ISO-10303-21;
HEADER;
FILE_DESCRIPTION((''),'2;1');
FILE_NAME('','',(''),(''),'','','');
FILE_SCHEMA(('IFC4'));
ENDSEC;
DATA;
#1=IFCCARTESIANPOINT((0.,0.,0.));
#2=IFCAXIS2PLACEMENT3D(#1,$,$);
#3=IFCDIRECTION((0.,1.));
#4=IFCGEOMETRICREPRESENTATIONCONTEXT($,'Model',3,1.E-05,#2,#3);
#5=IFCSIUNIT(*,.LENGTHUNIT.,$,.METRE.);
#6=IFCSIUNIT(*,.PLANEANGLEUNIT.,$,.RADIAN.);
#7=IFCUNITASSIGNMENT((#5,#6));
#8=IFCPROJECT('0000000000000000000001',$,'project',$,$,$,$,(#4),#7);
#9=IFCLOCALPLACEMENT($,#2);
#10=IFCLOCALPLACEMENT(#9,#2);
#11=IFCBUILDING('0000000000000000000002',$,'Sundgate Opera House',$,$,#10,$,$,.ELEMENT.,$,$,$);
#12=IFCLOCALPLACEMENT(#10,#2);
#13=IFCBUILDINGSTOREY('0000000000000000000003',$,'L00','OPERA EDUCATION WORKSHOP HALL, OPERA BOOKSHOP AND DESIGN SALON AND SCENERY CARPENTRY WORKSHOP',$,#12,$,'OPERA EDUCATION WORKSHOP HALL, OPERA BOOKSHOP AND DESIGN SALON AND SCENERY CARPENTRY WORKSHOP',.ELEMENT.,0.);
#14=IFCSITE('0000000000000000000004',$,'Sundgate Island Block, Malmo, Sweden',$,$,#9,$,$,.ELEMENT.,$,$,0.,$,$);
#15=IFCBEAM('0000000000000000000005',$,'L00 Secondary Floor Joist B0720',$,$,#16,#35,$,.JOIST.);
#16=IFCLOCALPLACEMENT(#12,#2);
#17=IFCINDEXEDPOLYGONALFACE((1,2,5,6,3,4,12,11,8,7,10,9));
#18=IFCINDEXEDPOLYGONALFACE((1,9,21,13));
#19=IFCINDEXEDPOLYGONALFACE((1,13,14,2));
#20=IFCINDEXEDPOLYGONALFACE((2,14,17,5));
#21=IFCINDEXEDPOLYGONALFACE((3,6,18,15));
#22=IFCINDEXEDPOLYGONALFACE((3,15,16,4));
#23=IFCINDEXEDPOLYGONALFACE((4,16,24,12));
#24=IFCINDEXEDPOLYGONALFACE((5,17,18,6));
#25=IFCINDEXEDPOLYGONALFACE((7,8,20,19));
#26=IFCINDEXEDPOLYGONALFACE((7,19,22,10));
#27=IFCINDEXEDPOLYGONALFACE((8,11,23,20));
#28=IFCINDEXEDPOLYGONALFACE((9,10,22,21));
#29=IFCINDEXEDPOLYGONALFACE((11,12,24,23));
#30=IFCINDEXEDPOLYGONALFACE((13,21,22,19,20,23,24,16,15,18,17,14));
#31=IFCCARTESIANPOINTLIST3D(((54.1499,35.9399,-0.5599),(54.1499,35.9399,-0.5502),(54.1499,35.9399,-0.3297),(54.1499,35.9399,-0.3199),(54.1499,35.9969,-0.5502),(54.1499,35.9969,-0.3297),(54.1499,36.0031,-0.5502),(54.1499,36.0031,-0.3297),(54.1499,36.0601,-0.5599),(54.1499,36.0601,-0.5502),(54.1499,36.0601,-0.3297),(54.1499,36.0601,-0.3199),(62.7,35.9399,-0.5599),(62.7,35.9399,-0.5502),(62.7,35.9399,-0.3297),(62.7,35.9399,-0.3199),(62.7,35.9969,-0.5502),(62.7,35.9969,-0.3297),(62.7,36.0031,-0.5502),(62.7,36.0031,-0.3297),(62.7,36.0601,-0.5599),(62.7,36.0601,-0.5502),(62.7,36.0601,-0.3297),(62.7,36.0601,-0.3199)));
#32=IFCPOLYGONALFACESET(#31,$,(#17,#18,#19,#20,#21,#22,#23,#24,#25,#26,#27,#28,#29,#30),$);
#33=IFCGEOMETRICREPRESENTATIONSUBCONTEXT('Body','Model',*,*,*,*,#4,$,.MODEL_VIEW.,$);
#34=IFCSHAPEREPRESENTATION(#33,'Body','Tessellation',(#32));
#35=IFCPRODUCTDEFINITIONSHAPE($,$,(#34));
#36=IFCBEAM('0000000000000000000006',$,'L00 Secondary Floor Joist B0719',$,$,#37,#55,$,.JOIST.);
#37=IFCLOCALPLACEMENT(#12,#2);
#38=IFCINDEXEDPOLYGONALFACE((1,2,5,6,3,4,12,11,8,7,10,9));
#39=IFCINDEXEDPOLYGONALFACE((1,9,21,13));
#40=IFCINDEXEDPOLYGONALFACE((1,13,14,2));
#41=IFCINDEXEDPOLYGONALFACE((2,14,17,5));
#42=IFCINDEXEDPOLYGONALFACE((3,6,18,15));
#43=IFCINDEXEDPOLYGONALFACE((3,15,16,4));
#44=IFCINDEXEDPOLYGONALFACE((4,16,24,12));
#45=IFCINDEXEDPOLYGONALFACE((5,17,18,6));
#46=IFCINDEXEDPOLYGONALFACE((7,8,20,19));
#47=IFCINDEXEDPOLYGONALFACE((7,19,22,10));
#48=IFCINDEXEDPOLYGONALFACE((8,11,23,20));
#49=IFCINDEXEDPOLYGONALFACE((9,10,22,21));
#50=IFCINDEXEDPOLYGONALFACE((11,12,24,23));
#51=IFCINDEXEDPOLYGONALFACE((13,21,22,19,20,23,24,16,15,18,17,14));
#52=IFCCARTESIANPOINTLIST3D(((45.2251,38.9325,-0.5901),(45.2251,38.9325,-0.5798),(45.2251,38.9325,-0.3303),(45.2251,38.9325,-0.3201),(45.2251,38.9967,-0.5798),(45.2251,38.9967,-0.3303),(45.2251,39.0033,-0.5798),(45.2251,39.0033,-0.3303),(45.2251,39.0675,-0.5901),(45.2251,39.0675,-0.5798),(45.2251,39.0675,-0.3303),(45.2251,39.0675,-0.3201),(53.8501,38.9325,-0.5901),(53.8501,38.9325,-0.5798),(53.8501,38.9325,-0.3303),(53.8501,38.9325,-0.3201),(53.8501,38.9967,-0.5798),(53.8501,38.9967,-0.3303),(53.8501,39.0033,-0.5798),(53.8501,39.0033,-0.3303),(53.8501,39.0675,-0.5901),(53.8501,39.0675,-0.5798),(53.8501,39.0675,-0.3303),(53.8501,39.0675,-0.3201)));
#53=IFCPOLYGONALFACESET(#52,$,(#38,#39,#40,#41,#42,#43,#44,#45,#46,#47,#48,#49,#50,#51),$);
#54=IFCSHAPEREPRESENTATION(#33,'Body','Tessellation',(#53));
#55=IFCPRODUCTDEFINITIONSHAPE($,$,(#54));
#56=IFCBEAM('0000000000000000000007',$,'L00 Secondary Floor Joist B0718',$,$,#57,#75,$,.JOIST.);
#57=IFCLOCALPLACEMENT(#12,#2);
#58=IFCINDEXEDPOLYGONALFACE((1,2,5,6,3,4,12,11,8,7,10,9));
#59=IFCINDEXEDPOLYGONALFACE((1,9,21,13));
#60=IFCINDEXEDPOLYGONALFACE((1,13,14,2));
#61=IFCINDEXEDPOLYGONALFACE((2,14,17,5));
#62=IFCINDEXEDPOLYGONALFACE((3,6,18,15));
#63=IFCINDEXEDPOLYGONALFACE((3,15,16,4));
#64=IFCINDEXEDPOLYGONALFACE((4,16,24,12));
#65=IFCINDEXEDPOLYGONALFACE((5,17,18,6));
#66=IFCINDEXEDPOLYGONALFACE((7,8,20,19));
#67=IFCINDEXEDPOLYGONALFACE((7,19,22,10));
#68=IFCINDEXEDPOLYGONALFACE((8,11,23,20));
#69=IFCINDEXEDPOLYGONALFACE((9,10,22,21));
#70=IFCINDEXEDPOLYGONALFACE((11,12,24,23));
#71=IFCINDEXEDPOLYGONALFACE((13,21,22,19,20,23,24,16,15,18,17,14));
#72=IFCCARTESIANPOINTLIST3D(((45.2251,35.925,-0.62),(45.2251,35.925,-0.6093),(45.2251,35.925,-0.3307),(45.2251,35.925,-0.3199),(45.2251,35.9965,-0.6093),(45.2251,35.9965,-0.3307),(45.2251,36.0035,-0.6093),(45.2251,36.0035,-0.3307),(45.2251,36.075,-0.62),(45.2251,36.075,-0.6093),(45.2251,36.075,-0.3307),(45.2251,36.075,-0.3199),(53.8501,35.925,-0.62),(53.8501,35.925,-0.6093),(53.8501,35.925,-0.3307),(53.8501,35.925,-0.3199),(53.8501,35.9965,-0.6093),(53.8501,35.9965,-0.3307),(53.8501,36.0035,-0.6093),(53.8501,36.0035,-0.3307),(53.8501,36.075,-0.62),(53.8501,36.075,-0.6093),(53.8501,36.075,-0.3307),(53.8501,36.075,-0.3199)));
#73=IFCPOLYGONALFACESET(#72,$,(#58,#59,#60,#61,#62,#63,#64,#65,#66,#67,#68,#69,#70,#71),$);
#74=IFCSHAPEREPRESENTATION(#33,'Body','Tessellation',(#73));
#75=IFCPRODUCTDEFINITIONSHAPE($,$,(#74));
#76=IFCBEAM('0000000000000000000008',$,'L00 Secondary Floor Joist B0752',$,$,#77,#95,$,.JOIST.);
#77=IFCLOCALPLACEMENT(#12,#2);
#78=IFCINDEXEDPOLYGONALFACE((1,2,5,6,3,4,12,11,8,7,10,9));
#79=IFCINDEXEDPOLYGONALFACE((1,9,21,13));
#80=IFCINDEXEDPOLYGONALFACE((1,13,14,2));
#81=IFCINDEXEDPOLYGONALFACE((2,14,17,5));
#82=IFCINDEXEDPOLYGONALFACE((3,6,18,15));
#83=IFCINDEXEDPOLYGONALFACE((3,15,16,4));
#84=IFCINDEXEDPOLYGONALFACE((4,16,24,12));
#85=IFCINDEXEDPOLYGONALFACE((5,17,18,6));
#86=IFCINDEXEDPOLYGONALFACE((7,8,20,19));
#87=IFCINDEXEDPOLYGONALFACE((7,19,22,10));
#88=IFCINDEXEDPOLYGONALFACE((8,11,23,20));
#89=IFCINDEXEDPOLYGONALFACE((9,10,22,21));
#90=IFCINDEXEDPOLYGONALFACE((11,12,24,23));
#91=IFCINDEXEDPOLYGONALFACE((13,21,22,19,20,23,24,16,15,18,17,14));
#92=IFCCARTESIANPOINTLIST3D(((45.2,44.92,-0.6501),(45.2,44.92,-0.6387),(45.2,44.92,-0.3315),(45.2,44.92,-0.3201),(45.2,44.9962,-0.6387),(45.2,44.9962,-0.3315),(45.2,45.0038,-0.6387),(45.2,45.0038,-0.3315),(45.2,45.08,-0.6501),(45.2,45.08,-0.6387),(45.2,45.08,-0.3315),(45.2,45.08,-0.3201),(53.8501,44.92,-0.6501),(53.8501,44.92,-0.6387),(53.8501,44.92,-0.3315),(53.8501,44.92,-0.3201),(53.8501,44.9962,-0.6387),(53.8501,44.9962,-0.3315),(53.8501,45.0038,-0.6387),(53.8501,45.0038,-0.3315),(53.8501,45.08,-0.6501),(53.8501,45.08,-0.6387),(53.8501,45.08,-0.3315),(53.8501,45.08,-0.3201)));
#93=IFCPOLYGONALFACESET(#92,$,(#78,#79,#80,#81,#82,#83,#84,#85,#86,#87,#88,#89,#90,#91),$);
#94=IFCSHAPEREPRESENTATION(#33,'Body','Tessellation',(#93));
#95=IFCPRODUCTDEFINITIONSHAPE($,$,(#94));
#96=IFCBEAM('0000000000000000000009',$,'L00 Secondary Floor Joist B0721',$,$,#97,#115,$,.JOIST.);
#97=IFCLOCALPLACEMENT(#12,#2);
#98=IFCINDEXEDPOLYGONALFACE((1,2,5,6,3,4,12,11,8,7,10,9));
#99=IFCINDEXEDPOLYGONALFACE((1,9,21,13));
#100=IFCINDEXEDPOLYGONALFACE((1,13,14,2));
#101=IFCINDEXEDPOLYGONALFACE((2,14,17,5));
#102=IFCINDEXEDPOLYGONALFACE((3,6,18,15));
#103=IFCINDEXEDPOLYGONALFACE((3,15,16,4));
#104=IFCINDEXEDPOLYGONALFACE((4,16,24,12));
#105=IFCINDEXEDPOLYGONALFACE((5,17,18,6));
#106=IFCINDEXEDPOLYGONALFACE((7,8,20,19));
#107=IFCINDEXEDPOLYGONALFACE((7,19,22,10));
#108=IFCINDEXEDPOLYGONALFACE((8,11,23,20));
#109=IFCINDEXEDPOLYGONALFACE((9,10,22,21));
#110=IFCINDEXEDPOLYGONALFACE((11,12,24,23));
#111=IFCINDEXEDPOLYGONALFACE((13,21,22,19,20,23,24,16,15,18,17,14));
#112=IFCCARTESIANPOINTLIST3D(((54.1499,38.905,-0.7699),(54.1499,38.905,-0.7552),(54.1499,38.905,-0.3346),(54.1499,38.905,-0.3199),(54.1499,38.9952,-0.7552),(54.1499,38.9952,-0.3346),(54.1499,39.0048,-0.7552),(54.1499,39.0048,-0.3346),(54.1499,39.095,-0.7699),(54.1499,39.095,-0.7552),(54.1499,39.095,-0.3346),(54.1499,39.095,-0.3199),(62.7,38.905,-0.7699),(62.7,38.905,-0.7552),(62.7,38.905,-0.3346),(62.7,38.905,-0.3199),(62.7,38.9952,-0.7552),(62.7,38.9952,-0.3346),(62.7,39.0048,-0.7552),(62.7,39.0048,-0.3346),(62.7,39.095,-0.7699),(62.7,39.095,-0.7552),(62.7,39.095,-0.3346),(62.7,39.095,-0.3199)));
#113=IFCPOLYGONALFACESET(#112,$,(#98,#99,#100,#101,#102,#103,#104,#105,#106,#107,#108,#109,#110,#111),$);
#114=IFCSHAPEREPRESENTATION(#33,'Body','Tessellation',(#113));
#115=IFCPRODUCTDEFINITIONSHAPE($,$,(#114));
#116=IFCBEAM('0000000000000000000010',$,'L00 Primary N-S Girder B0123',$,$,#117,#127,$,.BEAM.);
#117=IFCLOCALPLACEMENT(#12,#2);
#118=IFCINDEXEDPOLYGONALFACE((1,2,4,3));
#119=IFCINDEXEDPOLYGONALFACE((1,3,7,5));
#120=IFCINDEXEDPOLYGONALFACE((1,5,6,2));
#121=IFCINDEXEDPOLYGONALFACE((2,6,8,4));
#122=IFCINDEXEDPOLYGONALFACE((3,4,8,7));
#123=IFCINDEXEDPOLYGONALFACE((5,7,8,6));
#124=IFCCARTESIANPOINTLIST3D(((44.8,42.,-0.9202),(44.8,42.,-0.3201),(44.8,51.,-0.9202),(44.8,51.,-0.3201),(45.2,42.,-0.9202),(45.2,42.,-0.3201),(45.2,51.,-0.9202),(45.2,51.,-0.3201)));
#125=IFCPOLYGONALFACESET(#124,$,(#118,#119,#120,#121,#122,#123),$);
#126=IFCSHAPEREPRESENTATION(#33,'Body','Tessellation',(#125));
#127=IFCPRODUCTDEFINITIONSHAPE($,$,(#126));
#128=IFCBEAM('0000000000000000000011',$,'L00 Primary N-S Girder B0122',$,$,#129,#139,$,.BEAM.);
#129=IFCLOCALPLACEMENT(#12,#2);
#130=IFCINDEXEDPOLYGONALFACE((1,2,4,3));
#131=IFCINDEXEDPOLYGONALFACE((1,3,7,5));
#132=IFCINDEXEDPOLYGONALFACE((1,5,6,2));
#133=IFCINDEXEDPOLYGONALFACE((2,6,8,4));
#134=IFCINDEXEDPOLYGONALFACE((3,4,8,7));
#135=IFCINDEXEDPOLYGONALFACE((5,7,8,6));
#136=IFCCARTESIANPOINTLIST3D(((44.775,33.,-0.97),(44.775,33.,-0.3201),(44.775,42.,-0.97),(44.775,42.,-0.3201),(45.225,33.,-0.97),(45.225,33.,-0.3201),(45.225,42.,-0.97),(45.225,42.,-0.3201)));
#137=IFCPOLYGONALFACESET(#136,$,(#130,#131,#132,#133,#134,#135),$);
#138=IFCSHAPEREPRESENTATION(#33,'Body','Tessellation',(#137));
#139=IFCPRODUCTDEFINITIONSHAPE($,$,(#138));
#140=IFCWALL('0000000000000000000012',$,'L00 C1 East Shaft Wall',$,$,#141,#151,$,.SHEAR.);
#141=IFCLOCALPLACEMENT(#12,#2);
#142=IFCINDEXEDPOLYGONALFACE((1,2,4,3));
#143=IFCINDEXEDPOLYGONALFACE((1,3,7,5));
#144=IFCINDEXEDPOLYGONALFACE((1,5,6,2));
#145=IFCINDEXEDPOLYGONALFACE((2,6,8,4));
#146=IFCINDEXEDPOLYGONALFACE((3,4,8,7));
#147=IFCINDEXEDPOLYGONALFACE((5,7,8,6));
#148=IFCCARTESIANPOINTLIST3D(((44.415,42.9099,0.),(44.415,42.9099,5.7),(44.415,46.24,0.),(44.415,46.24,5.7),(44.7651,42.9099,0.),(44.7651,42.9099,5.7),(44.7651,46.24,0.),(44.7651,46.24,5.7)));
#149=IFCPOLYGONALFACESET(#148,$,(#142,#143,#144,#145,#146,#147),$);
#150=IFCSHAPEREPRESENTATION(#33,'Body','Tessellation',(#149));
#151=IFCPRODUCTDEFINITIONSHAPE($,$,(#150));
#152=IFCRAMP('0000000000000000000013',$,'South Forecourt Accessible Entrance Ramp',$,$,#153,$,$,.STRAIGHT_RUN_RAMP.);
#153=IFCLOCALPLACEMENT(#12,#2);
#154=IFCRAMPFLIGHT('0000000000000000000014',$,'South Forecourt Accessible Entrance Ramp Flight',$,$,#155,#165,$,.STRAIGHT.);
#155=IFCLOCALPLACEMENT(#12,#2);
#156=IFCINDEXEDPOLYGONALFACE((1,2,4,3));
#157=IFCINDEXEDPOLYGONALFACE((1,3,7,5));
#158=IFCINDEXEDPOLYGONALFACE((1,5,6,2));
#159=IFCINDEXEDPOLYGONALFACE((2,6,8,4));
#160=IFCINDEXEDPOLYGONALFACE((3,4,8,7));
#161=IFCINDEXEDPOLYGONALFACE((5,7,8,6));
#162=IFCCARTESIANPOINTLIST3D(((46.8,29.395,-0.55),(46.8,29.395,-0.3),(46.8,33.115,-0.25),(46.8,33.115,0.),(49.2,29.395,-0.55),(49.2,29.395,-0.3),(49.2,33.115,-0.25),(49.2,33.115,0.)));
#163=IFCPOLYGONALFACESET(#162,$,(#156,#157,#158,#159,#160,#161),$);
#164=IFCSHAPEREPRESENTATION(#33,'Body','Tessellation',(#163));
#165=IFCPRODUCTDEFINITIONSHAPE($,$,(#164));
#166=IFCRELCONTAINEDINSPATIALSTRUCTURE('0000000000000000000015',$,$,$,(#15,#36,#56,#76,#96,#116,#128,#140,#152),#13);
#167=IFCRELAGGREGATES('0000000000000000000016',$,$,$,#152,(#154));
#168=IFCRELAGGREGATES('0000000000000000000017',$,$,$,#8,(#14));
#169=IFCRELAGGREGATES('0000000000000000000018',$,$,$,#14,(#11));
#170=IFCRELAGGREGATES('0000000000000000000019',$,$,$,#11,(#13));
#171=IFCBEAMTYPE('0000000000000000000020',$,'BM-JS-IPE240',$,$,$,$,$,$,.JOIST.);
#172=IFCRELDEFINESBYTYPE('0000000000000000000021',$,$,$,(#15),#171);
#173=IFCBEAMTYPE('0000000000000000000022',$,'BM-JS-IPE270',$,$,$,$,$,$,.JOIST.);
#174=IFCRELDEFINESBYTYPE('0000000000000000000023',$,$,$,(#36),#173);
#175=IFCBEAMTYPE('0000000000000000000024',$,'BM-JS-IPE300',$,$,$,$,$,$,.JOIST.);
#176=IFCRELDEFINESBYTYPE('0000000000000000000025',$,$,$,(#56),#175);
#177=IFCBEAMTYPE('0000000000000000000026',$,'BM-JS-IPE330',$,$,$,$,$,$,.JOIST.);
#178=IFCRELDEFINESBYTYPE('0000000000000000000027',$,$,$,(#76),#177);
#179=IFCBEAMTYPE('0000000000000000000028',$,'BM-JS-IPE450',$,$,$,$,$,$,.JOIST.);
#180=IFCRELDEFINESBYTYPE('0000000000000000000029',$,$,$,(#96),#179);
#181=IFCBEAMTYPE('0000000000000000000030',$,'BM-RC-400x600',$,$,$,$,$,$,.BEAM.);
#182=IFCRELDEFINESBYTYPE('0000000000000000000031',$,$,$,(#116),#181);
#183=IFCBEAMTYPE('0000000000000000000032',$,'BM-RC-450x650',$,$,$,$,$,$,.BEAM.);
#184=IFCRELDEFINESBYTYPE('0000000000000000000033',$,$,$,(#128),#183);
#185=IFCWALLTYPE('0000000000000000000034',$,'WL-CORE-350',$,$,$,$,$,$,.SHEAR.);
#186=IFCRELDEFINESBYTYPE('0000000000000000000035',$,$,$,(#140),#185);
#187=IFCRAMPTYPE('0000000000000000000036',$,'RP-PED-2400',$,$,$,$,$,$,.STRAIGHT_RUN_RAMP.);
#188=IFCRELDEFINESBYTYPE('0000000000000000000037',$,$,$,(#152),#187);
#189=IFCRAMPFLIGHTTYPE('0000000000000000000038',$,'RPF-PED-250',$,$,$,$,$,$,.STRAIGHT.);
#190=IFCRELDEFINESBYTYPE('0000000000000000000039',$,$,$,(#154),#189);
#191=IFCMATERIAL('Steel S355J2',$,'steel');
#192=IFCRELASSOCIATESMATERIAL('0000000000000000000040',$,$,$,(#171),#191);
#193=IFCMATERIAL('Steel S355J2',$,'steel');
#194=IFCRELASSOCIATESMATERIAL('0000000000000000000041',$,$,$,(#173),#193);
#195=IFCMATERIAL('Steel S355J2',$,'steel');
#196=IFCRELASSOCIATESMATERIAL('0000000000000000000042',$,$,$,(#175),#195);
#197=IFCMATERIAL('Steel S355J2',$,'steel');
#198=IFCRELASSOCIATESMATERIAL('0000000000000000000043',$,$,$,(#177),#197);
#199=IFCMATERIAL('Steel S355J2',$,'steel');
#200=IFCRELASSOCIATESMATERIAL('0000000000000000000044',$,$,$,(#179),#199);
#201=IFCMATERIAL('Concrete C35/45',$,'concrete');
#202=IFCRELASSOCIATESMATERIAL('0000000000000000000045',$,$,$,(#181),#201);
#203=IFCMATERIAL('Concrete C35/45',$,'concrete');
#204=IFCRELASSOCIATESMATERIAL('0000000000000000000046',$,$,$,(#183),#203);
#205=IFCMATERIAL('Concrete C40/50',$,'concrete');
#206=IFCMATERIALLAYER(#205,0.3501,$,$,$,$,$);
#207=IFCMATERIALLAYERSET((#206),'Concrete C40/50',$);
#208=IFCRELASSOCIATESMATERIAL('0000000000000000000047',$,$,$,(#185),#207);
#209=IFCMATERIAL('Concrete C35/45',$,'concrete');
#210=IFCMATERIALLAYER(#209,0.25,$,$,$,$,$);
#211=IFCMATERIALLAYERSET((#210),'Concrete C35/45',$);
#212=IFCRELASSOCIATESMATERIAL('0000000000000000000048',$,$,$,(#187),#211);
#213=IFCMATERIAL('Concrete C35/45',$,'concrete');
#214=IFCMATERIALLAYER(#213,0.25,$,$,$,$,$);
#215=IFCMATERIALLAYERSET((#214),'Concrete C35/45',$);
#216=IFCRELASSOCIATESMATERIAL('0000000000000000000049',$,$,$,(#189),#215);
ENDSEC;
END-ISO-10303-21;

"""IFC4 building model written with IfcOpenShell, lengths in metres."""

from ifc_helpers import new_model, si_unit, direction, frame, frame_2d, origin, origin_2d, place, context, subcontext, project, spatial, polyline, rectangle, i_section, outline, extrude, material, layer, layer_set, material_profile, profile_set, type_object, element, aggregate, save


model = new_model("IFC4")

# Units and contexts
model_context = context("Model", 3, precision=1e-05, world=origin(), true_north=direction((0.0, 1.0)))
body_context = subcontext(model_context, "Body", "Model", "MODEL_VIEW")
ifc_project = project(units=[si_unit("LENGTHUNIT", "METRE"), si_unit("PLANEANGLEUNIT", "RADIAN")], contexts=[model_context])

# Site, building, storey
site_placement = place(None, origin())
site = spatial("IfcSite", under=ifc_project, at=site_placement, Name="Sundgate Island Block, Malmo, Sweden", CompositionType="ELEMENT", RefElevation=0.0)
building_placement = place(site_placement, origin())
building = spatial("IfcBuilding", under=site, at=building_placement, Name="Sundgate Opera House", CompositionType="ELEMENT")
storey_placement = place(building_placement, origin())
storey = spatial("IfcBuildingStorey", under=building, at=storey_placement, Name="L00", Description="OPERA EDUCATION WORKSHOP HALL, OPERA BOOKSHOP AND DESIGN SALON AND SCENERY CARPENTRY WORKSHOP", LongName="OPERA EDUCATION WORKSHOP HALL, OPERA BOOKSHOP AND DESIGN SALON AND SCENERY CARPENTRY WORKSHOP", CompositionType="ELEMENT", Elevation=0.0)

# Beams
ifc_material_1 = material(Name="Steel S355J2", Category="steel")
ifc_material_profile_1 = material_profile(ifc_material_1, i_section(OverallWidth=0.1201, OverallDepth=0.24, WebThickness=0.0061, FlangeThickness=0.0098, at=origin_2d()), Name="IPE 240")
ifc_profile_set_1 = profile_set([ifc_material_profile_1], Name="Steel S355J2")
beam_type_1 = type_object("IfcBeamType", Name="BM-JS-IPE240", PredefinedType="JOIST", material=ifc_profile_set_1)
beam_1_placement = place(storey_placement, frame((54.1499, 36.0, -0.4399), z_axis=(1.0, 0.0, 0.0), x_axis=(0.0, 1.0, 0.0)))
element("IfcBeam", 1, at=beam_1_placement, inside=storey, type_object=beam_type_1, Name="L00 Secondary Floor Joist B0720", PredefinedType="JOIST", context=body_context, shape_type="SweptSolid", body=[
    extrude(i_section(OverallWidth=0.1201, OverallDepth=0.24, WebThickness=0.0061, FlangeThickness=0.0098, at=origin_2d()), origin(), (0.0, 0.0, 1.0), 8.55),
])
ifc_material_2 = material(Name="Steel S355J2", Category="steel")
ifc_material_profile_2 = material_profile(ifc_material_2, i_section(OverallWidth=0.135, OverallDepth=0.27, WebThickness=0.0066, FlangeThickness=0.0103, at=origin_2d()), Name="IPE 270")
ifc_profile_set_2 = profile_set([ifc_material_profile_2], Name="Steel S355J2")
beam_type_2 = type_object("IfcBeamType", Name="BM-JS-IPE270", PredefinedType="JOIST", material=ifc_profile_set_2)
beam_2_placement = place(storey_placement, frame((45.2251, 39.0, -0.4551), z_axis=(1.0, 0.0, 0.0), x_axis=(0.0, 1.0, 0.0)))
element("IfcBeam", 2, at=beam_2_placement, inside=storey, type_object=beam_type_2, Name="L00 Secondary Floor Joist B0719", PredefinedType="JOIST", context=body_context, shape_type="SweptSolid", body=[
    extrude(i_section(OverallWidth=0.135, OverallDepth=0.27, WebThickness=0.0066, FlangeThickness=0.0103, at=origin_2d()), origin(), (0.0, 0.0, 1.0), 8.625),
])
ifc_material_3 = material(Name="Steel S355J2", Category="steel")
ifc_material_profile_3 = material_profile(ifc_material_3, i_section(OverallWidth=0.1499, OverallDepth=0.3, WebThickness=0.0071, FlangeThickness=0.0107, at=origin_2d()), Name="IPE 300")
ifc_profile_set_3 = profile_set([ifc_material_profile_3], Name="Steel S355J2")
beam_type_3 = type_object("IfcBeamType", Name="BM-JS-IPE300", PredefinedType="JOIST", material=ifc_profile_set_3)
beam_3_placement = place(storey_placement, frame((45.2251, 36.0, -0.47), z_axis=(1.0, 0.0, 0.0), x_axis=(0.0, 1.0, 0.0)))
element("IfcBeam", 3, at=beam_3_placement, inside=storey, type_object=beam_type_3, Name="L00 Secondary Floor Joist B0718", PredefinedType="JOIST", context=body_context, shape_type="SweptSolid", body=[
    extrude(i_section(OverallWidth=0.1499, OverallDepth=0.3, WebThickness=0.0071, FlangeThickness=0.0107, at=origin_2d()), origin(), (0.0, 0.0, 1.0), 8.625),
])
ifc_material_4 = material(Name="Steel S355J2", Category="steel")
ifc_material_profile_4 = material_profile(ifc_material_4, i_section(OverallWidth=0.1599, OverallDepth=0.3301, WebThickness=0.0076, FlangeThickness=0.0115, at=origin_2d()), Name="IPE 330")
ifc_profile_set_4 = profile_set([ifc_material_profile_4], Name="Steel S355J2")
beam_type_4 = type_object("IfcBeamType", Name="BM-JS-IPE330", PredefinedType="JOIST", material=ifc_profile_set_4)
beam_4_placement = place(storey_placement, frame((45.2, 45.0, -0.4851), z_axis=(1.0, 0.0, 0.0), x_axis=(0.0, 1.0, 0.0)))
element("IfcBeam", 4, at=beam_4_placement, inside=storey, type_object=beam_type_4, Name="L00 Secondary Floor Joist B0752", PredefinedType="JOIST", context=body_context, shape_type="SweptSolid", body=[
    extrude(i_section(OverallWidth=0.1599, OverallDepth=0.3301, WebThickness=0.0076, FlangeThickness=0.0115, at=origin_2d()), origin(), (0.0, 0.0, 1.0), 8.6501),
])
ifc_material_5 = material(Name="Steel S355J2", Category="steel")
ifc_material_profile_5 = material_profile(ifc_material_5, i_section(OverallWidth=0.1899, OverallDepth=0.45, WebThickness=0.0095, FlangeThickness=0.0146, at=origin_2d()), Name="IPE 450")
ifc_profile_set_5 = profile_set([ifc_material_profile_5], Name="Steel S355J2")
beam_type_5 = type_object("IfcBeamType", Name="BM-JS-IPE450", PredefinedType="JOIST", material=ifc_profile_set_5)
beam_5_placement = place(storey_placement, frame((54.1499, 39.0, -0.5449), z_axis=(1.0, 0.0, 0.0), x_axis=(0.0, 1.0, 0.0)))
element("IfcBeam", 5, at=beam_5_placement, inside=storey, type_object=beam_type_5, Name="L00 Secondary Floor Joist B0721", PredefinedType="JOIST", context=body_context, shape_type="SweptSolid", body=[
    extrude(i_section(OverallWidth=0.1899, OverallDepth=0.45, WebThickness=0.0095, FlangeThickness=0.0146, at=origin_2d()), origin(), (0.0, 0.0, 1.0), 8.55),
])
ifc_material_6 = material(Name="Concrete C35/45", Category="concrete")
ifc_material_profile_6 = material_profile(ifc_material_6, rectangle(XDim=0.3999, YDim=0.6001, at=origin_2d()), Name="RC 400x600")
ifc_profile_set_6 = profile_set([ifc_material_profile_6], Name="Concrete C35/45")
beam_type_6 = type_object("IfcBeamType", Name="BM-RC-400x600", PredefinedType="BEAM", material=ifc_profile_set_6)
beam_6_placement = place(storey_placement, frame((45.0, 42.0, -0.6201), z_axis=(0.0, 1.0, 0.0), x_axis=(-1.0, 0.0, 0.0)))
element("IfcBeam", 6, at=beam_6_placement, inside=storey, type_object=beam_type_6, Name="L00 Primary N-S Girder B0123", PredefinedType="BEAM", context=body_context, shape_type="SweptSolid", body=[
    extrude(rectangle(XDim=0.3999, YDim=0.6001, at=origin_2d()), origin(), (0.0, 0.0, 1.0), 9.0),
])
ifc_material_7 = material(Name="Concrete C35/45", Category="concrete")
ifc_material_profile_7 = material_profile(ifc_material_7, rectangle(XDim=0.45, YDim=0.6499, at=origin_2d()), Name="RC 450x650")
ifc_profile_set_7 = profile_set([ifc_material_profile_7], Name="Concrete C35/45")
beam_type_7 = type_object("IfcBeamType", Name="BM-RC-450x650", PredefinedType="BEAM", material=ifc_profile_set_7)
beam_7_placement = place(storey_placement, frame((45.0, 33.0, -0.645), z_axis=(0.0, 1.0, 0.0), x_axis=(-1.0, 0.0, 0.0)))
element("IfcBeam", 7, at=beam_7_placement, inside=storey, type_object=beam_type_7, Name="L00 Primary N-S Girder B0122", PredefinedType="BEAM", context=body_context, shape_type="SweptSolid", body=[
    extrude(rectangle(XDim=0.45, YDim=0.6499, at=origin_2d()), origin(), (0.0, 0.0, 1.0), 9.0),
])

# Wall
ifc_material_8 = material(Name="Concrete C40/50", Category="concrete")
ifc_layer_1 = layer(ifc_material_8, 0.3501)
ifc_layer_set_1 = layer_set([ifc_layer_1], Name="Concrete C40/50")
wall_type_1 = type_object("IfcWallType", Name="WL-CORE-350", PredefinedType="SHEAR", material=ifc_layer_set_1)
wall_1_placement = place(storey_placement, frame((44.5901, 42.9099, 0.0), z_axis=(0.0, 0.0, 1.0), x_axis=(0.0, 1.0, 0.0)))
element("IfcWall", 8, at=wall_1_placement, inside=storey, type_object=wall_type_1, Name="L00 C1 East Shaft Wall", PredefinedType="SHEAR", context=body_context, shape_type="SweptSolid", body=[
    extrude(rectangle(XDim=3.3301, YDim=0.3501, at=frame_2d((1.665, 0.0))), origin(), (0.0, 0.0, 1.0), 5.7),
])

# Ramp, ramp flight
ifc_material_9 = material(Name="Concrete C35/45", Category="concrete")
ifc_layer_2 = layer(ifc_material_9, 0.25)
ifc_layer_set_2 = layer_set([ifc_layer_2], Name="Concrete C35/45")
ramp_type = type_object("IfcRampType", Name="RP-PED-2400", PredefinedType="STRAIGHT_RUN_RAMP", material=ifc_layer_set_2)
ramp_placement = place(storey_placement, origin())
ramp = element("IfcRamp", 9, at=ramp_placement, inside=storey, type_object=ramp_type, Name="South Forecourt Accessible Entrance Ramp", PredefinedType="STRAIGHT_RUN_RAMP")
ifc_material_10 = material(Name="Concrete C35/45", Category="concrete")
ifc_layer_3 = layer(ifc_material_10, 0.25)
ifc_layer_set_3 = layer_set([ifc_layer_3], Name="Concrete C35/45")
ramp_flight_type = type_object("IfcRampFlightType", Name="RPF-PED-250", PredefinedType="STRAIGHT", material=ifc_layer_set_3)
ramp_flight_placement = place(storey_placement, frame((48.0, 29.395, -0.3), z_axis=(0.0, 0.0, 1.0), x_axis=(0.0, 1.0, 0.0)))
ramp_flight = element("IfcRampFlight", 10, at=ramp_flight_placement, type_object=ramp_flight_type, Name="South Forecourt Accessible Entrance Ramp Flight", PredefinedType="STRAIGHT", context=body_context, shape_type="SweptSolid", body=[
    extrude(outline(polyline([(0.0, 0.0), (0.0, -0.25), (3.72, 0.05), (3.72, 0.3), (0.0, 0.0)])), frame((0.0, 1.2, 0.0), z_axis=(0.0, -1.0, 0.0), x_axis=(1.0, 0.0, 0.0)), (0.0, 0.0, 1.0), 2.3999),
])
aggregate(ramp, [ramp_flight])

save(model, "model.ifc")
